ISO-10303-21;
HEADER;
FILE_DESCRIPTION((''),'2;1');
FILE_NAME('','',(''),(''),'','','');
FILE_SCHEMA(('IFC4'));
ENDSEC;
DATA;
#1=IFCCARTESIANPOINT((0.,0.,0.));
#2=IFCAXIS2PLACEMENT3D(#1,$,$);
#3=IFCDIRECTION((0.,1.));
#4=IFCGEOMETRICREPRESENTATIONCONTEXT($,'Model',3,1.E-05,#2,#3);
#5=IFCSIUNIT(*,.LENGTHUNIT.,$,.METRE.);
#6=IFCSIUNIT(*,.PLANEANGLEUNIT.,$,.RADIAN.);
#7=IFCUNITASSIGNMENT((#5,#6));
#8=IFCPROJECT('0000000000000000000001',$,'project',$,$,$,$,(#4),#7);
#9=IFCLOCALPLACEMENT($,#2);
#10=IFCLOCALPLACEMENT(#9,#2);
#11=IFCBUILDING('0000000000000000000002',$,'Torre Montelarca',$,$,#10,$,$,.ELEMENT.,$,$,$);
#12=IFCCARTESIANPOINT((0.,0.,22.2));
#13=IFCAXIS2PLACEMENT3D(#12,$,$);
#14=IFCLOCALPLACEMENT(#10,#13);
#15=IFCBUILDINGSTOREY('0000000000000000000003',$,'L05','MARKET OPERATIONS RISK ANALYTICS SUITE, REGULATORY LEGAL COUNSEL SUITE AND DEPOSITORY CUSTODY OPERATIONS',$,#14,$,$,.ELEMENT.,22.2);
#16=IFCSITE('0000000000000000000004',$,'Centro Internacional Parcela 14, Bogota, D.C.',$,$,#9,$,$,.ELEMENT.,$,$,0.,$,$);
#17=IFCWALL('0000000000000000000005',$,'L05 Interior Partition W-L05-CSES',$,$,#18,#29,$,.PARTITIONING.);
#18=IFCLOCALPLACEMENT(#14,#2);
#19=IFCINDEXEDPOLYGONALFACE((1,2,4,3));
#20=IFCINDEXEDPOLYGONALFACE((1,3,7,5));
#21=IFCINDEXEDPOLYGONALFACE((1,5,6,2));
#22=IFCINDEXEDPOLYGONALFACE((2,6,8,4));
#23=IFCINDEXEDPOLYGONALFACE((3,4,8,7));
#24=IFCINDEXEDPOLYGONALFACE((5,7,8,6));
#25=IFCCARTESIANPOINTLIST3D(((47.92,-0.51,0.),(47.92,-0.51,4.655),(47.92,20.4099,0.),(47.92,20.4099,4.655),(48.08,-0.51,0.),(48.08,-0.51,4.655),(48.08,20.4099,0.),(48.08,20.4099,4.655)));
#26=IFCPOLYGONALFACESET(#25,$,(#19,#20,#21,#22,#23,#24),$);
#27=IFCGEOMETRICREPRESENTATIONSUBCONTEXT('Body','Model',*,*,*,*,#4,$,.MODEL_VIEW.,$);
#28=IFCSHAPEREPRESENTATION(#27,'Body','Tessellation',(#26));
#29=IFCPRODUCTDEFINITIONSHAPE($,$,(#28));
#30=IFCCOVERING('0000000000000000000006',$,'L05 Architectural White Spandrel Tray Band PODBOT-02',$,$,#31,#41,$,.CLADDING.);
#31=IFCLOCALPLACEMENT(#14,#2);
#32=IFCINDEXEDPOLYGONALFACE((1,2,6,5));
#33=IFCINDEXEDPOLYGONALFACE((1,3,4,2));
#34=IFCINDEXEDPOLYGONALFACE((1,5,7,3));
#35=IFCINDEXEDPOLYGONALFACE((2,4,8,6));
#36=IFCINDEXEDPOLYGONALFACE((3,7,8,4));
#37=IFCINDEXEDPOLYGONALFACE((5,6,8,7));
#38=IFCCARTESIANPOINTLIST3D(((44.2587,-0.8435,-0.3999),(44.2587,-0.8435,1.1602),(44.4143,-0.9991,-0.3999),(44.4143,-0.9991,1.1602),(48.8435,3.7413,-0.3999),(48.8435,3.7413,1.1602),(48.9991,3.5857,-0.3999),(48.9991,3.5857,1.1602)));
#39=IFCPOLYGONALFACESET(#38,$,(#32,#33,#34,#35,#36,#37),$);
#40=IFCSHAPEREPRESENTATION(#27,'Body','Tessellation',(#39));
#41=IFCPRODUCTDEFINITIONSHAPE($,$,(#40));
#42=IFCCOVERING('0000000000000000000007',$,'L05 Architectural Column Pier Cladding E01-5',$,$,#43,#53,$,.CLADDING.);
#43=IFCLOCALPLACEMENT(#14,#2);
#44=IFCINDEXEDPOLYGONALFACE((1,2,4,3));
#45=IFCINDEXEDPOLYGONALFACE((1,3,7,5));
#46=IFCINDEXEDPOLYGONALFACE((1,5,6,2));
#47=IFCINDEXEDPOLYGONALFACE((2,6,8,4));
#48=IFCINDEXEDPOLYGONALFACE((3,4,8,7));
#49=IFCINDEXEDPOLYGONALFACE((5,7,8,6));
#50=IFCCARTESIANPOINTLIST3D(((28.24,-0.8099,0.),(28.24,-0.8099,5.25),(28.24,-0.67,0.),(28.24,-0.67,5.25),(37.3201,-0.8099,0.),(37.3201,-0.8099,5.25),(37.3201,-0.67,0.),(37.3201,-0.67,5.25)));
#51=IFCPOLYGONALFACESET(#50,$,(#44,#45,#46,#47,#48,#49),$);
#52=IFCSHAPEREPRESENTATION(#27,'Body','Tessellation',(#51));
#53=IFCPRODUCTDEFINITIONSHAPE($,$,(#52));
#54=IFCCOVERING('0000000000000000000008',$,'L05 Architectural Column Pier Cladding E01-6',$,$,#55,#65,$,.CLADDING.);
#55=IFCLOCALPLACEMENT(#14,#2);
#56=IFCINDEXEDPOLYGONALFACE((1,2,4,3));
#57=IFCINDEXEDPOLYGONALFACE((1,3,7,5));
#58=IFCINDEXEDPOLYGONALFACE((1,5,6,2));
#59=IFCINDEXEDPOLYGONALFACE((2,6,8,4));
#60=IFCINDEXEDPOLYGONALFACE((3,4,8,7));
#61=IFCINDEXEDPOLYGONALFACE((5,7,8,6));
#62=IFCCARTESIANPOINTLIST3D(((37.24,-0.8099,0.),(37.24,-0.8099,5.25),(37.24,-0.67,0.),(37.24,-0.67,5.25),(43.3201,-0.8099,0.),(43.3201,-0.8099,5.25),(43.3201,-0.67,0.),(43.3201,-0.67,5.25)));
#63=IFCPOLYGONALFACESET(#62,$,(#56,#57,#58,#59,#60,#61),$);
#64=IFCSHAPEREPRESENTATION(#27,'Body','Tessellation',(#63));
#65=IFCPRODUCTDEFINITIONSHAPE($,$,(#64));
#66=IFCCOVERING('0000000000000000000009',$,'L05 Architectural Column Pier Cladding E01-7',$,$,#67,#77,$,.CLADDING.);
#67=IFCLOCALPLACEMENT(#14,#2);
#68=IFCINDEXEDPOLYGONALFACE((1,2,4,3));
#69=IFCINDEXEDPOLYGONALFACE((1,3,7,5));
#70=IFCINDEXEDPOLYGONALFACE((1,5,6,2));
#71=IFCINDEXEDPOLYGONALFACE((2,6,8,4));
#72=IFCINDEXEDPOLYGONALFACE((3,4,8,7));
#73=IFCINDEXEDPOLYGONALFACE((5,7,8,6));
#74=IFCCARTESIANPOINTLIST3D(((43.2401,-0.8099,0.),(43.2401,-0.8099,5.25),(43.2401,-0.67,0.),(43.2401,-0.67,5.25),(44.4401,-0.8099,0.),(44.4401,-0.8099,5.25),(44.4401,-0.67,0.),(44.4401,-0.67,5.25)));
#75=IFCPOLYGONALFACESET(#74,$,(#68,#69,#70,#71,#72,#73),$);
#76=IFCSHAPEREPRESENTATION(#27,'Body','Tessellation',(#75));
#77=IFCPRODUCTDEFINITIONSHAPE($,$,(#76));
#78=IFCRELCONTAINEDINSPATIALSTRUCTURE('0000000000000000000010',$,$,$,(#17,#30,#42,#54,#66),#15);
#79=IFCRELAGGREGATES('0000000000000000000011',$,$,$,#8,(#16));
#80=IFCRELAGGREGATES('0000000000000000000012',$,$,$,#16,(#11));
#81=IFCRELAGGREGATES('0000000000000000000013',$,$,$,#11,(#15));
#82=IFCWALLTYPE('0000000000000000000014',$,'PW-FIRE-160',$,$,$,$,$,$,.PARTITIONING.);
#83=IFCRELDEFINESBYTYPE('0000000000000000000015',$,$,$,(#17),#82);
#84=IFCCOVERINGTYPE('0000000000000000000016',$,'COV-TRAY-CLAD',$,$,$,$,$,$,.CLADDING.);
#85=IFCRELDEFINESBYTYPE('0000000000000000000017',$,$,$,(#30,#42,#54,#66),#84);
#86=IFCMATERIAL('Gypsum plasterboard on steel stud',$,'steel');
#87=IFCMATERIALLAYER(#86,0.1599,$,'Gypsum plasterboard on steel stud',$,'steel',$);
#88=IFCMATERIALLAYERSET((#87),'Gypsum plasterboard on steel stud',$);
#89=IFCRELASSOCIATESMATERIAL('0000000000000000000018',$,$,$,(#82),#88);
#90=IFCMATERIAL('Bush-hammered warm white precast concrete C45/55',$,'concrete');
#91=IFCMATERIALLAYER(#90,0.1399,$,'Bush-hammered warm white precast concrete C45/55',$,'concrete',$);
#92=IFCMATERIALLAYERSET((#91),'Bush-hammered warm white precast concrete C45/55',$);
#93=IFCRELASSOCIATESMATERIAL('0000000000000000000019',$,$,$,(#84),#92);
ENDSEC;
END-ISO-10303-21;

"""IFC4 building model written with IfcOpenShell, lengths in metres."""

from ifc_helpers import new_model, si_unit, direction, frame, frame_2d, origin, origin_2d, place, context, subcontext, project, spatial, rectangle, extrude, source, transform, mapped, material, layer, layer_set, type_object, element, save


model = new_model("IFC4")

# Units and contexts
model_context = context("Model", 3, precision=1e-05, world=origin(), true_north=direction((0.0, 1.0)))
body_context = subcontext(model_context, "Body", "Model", "MODEL_VIEW")
ifc_project = project(units=[si_unit("LENGTHUNIT", "METRE"), si_unit("PLANEANGLEUNIT", "RADIAN")], contexts=[model_context])

# Site, building, storey
site_placement = place(None, origin())
site = spatial("IfcSite", under=ifc_project, at=site_placement, Name="Centro Internacional Parcela 14, Bogota, D.C.", CompositionType="ELEMENT", RefElevation=0.0)
building_placement = place(site_placement, origin())
building = spatial("IfcBuilding", under=site, at=building_placement, Name="Torre Montelarca", CompositionType="ELEMENT")
storey_placement = place(building_placement, frame((0.0, 0.0, 22.2)))
storey = spatial("IfcBuildingStorey", under=building, at=storey_placement, Name="L05", Description="MARKET OPERATIONS RISK ANALYTICS SUITE, REGULATORY LEGAL COUNSEL SUITE AND DEPOSITORY CUSTODY OPERATIONS", CompositionType="ELEMENT", Elevation=22.2)

# Wall
ifc_material_1 = material(Name="Gypsum plasterboard on steel stud", Category="steel")
ifc_layer_1 = layer(ifc_material_1, 0.1599, Name="Gypsum plasterboard on steel stud", Category="steel")
ifc_layer_set_1 = layer_set([ifc_layer_1], Name="Gypsum plasterboard on steel stud")
wall_type_1 = type_object("IfcWallType", Name="PW-FIRE-160", PredefinedType="PARTITIONING", material=ifc_layer_set_1)
wall_1_placement = place(storey_placement, frame((48.0, -0.51, 0.0), z_axis=(0.0, 0.0, 1.0), x_axis=(0.0, 1.0, 0.0)))
element("IfcWall", 1, at=wall_1_placement, inside=storey, type_object=wall_type_1, Name="L05 Interior Partition W-L05-CSES", PredefinedType="PARTITIONING", context=body_context, shape_type="SweptSolid", body=[
    extrude(rectangle(XDim=20.9199, YDim=0.1599, at=frame_2d((10.46, 0.0))), origin(), (0.0, 0.0, 1.0), 4.655),
])

# Coverings
ifc_material_2 = material(Name="Bush-hammered warm white precast concrete C45/55", Category="concrete")
ifc_layer_2 = layer(ifc_material_2, 0.1399, Name="Bush-hammered warm white precast concrete C45/55", Category="concrete")
ifc_layer_set_2 = layer_set([ifc_layer_2], Name="Bush-hammered warm white precast concrete C45/55")
covering_type = type_object("IfcCoveringType", Name="COV-TRAY-CLAD", PredefinedType="CLADDING", material=ifc_layer_set_2)
shared_shape_1 = source(origin(), body_context, "Body", "SweptSolid", [
    extrude(rectangle(XDim=6.4839, YDim=0.22, at=origin_2d()), origin(), (0.0, 0.0, 1.0), 1.5601),
])
covering_1_placement = place(storey_placement, frame((46.6289, 1.3711, -0.3999), z_axis=(0.0, 0.0, 1.0), x_axis=(0.707107, 0.707107, 0.0)))
element("IfcCovering", 2, at=covering_1_placement, inside=storey, type_object=covering_type, Name="L05 Architectural White Spandrel Tray Band PODBOT-02", PredefinedType="CLADDING", context=body_context, shape_type="MappedRepresentation", body=[
    mapped(shared_shape_1, transform((0.0, 0.0, 0.0), scale=1.0)),
])
shared_shape_2 = source(origin(), body_context, "Body", "SweptSolid", [
    extrude(rectangle(XDim=9.0801, YDim=0.1399, at=origin_2d()), origin(), (0.0, 0.0, 1.0), 5.25),
])
covering_2_placement = place(storey_placement, frame((32.78, -0.74, 0.0), z_axis=(0.0, 0.0, 1.0), x_axis=(1.0, 0.0, 0.0)))
element("IfcCovering", 3, at=covering_2_placement, inside=storey, type_object=covering_type, Name="L05 Architectural Column Pier Cladding E01-5", PredefinedType="CLADDING", context=body_context, shape_type="MappedRepresentation", body=[
    mapped(shared_shape_2, transform((0.0, 0.0, 0.0), scale=1.0)),
])
shared_shape_3 = source(origin(), body_context, "Body", "SweptSolid", [
    extrude(rectangle(XDim=6.0801, YDim=0.1399, at=origin_2d()), origin(), (0.0, 0.0, 1.0), 5.25),
])
covering_3_placement = place(storey_placement, frame((40.28, -0.74, 0.0), z_axis=(0.0, 0.0, 1.0), x_axis=(1.0, 0.0, 0.0)))
element("IfcCovering", 4, at=covering_3_placement, inside=storey, type_object=covering_type, Name="L05 Architectural Column Pier Cladding E01-6", PredefinedType="CLADDING", context=body_context, shape_type="MappedRepresentation", body=[
    mapped(shared_shape_3, transform((0.0, 0.0, 0.0), scale=1.0)),
])
shared_shape_4 = source(origin(), body_context, "Body", "SweptSolid", [
    extrude(rectangle(XDim=1.2, YDim=0.1399, at=origin_2d()), origin(), (0.0, 0.0, 1.0), 5.25),
])
covering_4_placement = place(storey_placement, frame((43.8401, -0.74, 0.0), z_axis=(0.0, 0.0, 1.0), x_axis=(1.0, 0.0, 0.0)))
element("IfcCovering", 5, at=covering_4_placement, inside=storey, type_object=covering_type, Name="L05 Architectural Column Pier Cladding E01-7", PredefinedType="CLADDING", context=body_context, shape_type="MappedRepresentation", body=[
    mapped(shared_shape_4, transform((0.0, 0.0, 0.0), scale=1.0)),
])

save(model, "model.ifc")
